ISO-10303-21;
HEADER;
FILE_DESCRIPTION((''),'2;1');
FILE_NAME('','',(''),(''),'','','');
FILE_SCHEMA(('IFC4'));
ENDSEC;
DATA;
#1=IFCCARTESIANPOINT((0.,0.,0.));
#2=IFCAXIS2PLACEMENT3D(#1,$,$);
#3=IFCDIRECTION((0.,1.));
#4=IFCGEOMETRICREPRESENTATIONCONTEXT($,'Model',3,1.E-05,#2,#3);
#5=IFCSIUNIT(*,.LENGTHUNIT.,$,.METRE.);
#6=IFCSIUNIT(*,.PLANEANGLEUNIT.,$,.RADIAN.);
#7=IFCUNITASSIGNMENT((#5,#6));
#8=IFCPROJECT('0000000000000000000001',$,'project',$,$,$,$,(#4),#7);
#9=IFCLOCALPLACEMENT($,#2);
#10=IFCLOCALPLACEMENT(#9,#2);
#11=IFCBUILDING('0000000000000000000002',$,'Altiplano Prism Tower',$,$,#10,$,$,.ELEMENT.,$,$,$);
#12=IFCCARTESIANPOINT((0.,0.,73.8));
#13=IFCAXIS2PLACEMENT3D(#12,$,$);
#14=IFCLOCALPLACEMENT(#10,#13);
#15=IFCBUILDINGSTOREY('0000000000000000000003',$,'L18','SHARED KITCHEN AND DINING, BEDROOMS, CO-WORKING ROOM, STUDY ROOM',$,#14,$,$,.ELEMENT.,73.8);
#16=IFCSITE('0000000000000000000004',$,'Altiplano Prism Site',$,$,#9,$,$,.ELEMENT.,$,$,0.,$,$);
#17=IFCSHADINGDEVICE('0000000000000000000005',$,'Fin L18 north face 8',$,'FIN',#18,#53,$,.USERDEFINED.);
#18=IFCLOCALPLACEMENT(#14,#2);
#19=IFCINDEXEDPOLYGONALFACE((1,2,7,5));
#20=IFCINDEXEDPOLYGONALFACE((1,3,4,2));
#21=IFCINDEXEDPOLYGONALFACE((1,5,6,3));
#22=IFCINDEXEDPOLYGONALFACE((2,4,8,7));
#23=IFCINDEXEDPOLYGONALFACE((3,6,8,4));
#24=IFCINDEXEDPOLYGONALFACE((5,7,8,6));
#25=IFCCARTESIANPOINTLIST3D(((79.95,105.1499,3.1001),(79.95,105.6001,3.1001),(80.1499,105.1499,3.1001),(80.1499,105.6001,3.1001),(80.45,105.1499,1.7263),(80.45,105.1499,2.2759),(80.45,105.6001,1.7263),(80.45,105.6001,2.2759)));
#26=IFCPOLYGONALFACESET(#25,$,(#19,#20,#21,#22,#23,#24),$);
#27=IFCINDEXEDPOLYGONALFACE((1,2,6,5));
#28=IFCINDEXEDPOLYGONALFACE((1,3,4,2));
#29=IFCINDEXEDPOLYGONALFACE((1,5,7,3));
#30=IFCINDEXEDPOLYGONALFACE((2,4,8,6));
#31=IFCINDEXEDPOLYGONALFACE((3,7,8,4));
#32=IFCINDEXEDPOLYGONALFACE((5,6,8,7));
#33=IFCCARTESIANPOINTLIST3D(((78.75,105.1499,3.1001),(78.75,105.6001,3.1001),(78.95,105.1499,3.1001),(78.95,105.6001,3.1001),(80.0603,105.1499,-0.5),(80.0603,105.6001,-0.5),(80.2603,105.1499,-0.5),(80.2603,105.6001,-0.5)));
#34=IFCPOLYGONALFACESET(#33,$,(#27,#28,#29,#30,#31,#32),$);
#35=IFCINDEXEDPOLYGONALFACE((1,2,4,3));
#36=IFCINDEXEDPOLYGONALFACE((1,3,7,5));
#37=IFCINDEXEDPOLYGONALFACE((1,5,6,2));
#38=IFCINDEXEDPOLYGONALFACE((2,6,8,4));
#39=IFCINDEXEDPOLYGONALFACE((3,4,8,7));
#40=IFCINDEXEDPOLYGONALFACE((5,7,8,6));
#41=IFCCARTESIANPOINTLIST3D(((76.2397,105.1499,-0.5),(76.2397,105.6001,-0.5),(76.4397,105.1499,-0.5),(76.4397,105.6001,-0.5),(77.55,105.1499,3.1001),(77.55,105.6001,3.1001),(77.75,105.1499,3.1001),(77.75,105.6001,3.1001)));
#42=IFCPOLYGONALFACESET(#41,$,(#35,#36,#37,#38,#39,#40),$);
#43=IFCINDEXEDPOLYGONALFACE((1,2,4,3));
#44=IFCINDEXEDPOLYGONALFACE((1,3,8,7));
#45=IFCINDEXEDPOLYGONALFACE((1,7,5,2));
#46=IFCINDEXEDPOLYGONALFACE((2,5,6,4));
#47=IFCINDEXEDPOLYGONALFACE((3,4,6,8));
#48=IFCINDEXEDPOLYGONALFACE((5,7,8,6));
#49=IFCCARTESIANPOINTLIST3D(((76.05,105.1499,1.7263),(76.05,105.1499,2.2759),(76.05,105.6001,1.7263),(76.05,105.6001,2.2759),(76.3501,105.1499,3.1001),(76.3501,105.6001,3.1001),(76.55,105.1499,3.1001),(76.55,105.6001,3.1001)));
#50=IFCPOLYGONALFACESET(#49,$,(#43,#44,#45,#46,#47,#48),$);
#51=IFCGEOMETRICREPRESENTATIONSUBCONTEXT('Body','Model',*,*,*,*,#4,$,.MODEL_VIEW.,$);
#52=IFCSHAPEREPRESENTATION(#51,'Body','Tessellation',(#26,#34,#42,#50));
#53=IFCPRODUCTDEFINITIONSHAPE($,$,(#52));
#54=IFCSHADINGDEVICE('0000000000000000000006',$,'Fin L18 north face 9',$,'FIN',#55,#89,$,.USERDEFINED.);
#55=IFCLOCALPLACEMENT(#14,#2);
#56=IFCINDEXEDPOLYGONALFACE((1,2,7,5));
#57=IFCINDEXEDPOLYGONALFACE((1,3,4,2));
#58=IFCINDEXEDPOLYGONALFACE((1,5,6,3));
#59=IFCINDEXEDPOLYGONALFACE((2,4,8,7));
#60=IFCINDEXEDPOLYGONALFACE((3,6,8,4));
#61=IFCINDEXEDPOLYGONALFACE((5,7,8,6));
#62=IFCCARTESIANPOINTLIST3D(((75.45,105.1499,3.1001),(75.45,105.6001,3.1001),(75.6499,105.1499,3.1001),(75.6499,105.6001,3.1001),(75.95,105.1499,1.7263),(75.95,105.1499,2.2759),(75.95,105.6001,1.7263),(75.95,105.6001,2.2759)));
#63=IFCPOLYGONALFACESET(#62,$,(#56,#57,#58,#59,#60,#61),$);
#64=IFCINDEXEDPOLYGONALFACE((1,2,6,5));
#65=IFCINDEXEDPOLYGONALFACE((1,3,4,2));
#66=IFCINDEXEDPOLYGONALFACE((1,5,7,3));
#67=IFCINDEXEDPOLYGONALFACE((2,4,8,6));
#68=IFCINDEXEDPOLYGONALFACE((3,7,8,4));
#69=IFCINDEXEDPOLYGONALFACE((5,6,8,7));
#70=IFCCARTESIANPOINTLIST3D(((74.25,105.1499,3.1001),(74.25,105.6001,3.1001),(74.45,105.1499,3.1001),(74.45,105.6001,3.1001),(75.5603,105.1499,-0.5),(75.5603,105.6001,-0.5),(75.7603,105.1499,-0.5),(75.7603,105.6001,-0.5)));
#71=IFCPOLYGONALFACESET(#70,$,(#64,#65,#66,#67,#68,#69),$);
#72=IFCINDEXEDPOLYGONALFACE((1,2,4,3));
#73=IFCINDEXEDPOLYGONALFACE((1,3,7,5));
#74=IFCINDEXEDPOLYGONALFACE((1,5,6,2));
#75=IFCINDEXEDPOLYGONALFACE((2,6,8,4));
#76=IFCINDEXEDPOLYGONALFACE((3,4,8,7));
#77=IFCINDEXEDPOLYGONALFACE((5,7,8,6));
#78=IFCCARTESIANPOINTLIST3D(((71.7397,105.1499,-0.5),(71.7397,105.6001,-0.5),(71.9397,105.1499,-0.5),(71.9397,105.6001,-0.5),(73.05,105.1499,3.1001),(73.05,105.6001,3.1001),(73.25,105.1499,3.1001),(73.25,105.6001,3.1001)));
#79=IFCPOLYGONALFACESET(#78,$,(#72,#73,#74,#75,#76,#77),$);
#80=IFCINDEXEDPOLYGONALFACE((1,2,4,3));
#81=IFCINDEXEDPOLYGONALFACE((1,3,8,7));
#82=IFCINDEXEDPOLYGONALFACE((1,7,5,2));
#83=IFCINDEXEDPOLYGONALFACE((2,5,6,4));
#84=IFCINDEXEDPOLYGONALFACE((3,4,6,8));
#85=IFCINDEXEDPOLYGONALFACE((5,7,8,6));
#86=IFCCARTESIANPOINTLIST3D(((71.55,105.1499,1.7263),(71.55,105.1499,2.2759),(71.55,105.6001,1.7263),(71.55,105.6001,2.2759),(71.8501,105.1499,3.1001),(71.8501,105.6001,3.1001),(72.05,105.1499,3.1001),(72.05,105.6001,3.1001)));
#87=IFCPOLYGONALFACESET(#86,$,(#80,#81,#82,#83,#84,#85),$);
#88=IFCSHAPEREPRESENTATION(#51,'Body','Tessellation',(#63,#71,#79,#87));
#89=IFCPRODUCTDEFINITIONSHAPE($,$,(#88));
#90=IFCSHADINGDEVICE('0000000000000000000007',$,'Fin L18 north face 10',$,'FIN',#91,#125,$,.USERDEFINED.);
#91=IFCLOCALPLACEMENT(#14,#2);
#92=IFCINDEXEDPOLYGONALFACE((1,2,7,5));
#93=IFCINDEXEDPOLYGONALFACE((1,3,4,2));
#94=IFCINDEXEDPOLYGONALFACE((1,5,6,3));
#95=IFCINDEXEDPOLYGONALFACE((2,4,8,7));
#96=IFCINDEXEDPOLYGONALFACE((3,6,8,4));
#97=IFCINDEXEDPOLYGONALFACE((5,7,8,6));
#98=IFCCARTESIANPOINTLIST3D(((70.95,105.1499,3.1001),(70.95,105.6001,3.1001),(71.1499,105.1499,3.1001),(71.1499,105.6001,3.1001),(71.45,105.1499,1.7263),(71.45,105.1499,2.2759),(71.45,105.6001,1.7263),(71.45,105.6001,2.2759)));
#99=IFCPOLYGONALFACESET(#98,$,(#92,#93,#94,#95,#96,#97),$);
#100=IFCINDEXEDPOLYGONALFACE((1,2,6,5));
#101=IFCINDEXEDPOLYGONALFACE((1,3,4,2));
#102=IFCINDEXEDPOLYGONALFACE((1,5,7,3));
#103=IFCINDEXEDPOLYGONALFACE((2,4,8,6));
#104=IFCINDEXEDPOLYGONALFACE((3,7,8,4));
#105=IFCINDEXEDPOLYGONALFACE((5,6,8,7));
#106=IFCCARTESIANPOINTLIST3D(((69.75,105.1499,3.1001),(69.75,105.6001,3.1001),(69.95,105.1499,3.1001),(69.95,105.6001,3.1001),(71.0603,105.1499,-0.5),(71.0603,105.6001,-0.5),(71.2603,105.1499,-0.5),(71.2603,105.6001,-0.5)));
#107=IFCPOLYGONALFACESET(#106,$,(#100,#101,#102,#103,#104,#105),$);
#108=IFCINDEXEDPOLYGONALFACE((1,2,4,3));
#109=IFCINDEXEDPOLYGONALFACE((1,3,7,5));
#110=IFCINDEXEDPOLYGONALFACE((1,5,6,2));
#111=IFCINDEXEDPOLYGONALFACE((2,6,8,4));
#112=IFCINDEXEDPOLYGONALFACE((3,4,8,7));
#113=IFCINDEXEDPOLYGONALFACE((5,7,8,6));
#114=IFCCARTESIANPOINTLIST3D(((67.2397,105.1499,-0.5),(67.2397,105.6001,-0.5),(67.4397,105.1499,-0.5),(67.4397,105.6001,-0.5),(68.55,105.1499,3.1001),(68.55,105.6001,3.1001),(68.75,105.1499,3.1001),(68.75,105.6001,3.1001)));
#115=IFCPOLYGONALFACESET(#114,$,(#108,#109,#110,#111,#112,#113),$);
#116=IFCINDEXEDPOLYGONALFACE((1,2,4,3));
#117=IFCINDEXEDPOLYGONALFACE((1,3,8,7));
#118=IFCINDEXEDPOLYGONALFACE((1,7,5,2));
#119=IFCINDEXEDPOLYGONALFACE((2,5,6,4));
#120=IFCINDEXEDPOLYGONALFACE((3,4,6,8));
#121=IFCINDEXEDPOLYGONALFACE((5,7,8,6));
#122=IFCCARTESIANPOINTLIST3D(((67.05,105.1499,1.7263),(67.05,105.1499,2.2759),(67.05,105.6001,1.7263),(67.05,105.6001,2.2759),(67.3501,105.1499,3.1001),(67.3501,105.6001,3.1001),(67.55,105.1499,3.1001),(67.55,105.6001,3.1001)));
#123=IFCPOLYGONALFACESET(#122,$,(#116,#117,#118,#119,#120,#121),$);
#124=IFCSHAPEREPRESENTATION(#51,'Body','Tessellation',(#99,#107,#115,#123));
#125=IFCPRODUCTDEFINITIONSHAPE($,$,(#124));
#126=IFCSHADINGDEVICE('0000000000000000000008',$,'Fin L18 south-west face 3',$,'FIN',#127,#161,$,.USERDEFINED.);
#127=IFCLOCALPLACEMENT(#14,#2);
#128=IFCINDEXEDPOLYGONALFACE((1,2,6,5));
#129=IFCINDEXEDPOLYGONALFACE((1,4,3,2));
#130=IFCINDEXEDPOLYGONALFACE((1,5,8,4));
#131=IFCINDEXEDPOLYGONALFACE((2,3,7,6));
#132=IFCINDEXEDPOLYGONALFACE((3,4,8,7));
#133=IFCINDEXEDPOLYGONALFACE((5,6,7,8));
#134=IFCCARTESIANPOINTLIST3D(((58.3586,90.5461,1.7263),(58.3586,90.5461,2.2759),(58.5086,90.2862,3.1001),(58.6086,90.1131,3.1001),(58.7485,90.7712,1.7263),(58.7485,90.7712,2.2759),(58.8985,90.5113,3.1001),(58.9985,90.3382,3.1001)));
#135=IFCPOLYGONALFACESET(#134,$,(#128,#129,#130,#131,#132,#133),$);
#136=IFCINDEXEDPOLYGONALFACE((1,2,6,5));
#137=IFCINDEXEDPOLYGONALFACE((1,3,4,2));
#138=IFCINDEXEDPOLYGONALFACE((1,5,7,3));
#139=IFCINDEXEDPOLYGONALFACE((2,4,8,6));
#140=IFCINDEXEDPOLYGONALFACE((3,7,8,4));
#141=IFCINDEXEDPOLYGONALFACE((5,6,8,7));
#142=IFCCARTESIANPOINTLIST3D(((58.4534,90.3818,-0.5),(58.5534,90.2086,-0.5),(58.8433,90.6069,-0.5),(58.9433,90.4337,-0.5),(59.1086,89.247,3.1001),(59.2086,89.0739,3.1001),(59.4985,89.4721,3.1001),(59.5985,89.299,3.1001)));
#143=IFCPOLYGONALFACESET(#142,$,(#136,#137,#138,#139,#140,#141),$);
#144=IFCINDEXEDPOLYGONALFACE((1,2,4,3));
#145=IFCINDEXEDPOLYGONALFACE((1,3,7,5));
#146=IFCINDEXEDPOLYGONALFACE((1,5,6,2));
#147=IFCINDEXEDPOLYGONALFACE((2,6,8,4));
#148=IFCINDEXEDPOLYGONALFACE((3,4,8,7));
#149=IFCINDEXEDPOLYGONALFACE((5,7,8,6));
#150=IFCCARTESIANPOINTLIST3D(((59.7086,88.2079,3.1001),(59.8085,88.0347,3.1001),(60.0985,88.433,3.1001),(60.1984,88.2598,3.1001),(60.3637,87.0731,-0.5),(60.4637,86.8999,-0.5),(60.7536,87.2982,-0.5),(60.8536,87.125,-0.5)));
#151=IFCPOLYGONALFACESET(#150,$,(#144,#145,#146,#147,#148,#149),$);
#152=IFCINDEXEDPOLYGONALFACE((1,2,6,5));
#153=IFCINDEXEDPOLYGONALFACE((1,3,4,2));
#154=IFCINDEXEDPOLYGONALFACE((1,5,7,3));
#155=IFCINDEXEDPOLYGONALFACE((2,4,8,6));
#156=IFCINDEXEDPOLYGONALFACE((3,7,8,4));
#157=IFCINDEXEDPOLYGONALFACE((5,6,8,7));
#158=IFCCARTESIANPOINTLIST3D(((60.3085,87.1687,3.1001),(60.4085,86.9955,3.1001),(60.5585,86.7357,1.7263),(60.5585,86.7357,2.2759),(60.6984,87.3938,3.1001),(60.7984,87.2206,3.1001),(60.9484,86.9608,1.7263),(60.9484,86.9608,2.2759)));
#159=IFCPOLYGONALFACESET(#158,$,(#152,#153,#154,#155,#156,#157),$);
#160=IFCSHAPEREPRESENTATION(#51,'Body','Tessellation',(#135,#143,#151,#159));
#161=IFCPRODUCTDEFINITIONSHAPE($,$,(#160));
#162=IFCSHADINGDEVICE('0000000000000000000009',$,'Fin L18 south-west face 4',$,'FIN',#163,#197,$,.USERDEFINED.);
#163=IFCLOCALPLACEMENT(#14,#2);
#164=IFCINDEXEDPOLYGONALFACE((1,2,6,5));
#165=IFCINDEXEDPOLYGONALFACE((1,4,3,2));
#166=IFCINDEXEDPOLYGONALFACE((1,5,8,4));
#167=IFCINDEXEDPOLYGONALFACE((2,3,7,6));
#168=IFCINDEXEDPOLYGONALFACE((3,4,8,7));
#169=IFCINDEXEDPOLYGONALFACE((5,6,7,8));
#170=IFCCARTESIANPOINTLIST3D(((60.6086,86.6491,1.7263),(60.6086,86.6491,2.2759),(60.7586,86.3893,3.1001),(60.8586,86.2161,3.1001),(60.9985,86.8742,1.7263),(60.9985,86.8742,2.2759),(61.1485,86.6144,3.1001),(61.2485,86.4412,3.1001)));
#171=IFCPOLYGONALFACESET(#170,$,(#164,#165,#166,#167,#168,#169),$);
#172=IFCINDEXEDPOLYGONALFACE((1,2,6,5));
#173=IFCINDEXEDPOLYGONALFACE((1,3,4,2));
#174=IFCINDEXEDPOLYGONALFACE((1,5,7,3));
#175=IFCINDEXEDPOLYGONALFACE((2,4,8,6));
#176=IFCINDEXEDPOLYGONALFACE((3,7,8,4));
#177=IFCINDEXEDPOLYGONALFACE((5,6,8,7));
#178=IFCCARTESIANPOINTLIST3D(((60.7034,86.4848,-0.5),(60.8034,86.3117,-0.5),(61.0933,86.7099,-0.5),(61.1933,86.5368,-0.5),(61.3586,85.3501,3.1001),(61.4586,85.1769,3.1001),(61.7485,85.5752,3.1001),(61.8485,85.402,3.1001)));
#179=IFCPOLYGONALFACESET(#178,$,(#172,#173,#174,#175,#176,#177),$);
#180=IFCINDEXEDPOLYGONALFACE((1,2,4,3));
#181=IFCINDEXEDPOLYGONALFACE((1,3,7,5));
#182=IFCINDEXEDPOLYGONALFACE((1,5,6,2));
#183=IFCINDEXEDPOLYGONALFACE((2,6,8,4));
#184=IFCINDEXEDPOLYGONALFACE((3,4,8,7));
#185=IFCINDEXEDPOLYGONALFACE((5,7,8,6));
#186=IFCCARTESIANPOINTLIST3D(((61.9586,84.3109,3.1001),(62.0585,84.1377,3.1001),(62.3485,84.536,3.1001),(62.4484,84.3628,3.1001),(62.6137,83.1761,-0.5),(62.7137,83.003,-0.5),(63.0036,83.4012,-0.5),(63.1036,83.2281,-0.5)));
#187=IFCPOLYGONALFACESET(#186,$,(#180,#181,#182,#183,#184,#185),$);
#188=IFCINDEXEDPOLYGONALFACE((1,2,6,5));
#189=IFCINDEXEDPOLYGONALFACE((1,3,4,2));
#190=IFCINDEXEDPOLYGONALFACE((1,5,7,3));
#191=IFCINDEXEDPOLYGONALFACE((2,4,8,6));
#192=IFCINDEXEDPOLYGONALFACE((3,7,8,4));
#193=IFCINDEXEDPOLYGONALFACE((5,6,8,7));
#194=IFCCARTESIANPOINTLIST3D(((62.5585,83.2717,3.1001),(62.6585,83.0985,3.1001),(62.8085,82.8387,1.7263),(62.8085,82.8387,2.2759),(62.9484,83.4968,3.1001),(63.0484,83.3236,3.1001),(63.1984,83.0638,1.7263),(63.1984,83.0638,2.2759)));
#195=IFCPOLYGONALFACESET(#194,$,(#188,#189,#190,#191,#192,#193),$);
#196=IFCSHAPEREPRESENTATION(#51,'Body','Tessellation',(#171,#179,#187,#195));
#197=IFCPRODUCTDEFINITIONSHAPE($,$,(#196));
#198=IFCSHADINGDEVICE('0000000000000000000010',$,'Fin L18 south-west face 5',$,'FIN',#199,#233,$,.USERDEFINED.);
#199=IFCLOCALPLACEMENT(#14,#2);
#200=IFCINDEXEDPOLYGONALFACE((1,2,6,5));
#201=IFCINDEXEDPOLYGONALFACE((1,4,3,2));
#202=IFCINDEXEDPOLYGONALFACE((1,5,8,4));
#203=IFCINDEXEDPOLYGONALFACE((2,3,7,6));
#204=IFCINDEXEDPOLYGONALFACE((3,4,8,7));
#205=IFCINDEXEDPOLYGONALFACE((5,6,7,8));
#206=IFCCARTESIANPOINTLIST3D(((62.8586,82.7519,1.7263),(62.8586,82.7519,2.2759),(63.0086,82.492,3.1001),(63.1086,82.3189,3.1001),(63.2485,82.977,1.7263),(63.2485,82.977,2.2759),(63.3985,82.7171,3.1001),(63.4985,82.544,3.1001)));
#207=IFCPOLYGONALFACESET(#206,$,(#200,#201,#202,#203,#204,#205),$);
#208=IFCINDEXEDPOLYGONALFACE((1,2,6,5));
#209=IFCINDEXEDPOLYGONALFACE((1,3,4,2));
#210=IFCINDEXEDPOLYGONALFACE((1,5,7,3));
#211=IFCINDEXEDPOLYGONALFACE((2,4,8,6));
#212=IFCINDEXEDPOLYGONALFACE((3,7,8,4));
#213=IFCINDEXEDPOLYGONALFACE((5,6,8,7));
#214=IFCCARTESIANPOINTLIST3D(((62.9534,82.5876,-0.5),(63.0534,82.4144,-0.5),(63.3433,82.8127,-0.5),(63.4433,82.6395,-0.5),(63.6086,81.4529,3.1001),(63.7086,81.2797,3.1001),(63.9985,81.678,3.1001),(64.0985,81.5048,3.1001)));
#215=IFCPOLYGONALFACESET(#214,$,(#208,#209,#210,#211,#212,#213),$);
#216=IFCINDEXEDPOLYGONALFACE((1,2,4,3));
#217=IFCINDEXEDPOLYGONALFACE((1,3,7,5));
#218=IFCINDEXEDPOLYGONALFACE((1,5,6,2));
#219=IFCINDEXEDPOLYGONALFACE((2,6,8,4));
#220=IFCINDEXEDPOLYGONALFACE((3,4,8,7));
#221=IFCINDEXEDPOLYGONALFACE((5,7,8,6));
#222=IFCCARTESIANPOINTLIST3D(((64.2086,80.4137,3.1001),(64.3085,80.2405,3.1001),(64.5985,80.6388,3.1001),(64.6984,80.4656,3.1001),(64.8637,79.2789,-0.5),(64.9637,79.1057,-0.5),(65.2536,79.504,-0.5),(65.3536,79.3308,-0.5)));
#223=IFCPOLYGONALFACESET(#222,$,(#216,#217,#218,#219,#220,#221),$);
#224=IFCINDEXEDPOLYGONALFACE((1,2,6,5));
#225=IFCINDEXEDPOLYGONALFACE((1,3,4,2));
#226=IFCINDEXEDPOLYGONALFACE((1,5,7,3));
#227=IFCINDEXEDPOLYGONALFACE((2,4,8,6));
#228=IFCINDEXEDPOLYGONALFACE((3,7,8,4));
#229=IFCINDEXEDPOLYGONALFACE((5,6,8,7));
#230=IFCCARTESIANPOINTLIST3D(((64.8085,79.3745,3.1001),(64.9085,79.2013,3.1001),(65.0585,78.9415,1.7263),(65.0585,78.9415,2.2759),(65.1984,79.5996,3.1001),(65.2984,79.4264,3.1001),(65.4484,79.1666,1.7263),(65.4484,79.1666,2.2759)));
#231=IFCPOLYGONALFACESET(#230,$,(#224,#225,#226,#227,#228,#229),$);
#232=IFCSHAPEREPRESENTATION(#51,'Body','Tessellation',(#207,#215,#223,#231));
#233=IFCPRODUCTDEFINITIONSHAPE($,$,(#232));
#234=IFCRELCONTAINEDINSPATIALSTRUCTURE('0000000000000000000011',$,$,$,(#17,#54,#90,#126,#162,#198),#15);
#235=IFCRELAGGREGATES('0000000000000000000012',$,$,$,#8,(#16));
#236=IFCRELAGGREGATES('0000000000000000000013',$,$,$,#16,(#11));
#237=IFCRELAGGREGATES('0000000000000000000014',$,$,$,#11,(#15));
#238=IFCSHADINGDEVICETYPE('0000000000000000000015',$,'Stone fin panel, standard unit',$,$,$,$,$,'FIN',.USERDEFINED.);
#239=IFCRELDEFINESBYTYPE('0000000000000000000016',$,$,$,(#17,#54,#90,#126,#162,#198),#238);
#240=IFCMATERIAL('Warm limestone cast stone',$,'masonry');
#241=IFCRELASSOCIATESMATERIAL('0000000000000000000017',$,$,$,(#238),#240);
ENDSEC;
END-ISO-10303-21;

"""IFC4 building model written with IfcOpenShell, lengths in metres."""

from ifc_helpers import new_model, si_unit, direction, frame, origin, place, context, subcontext, project, spatial, polyline, outline, extrude, source, transform, mapped, material, type_object, element, save


model = new_model("IFC4")

# Units and contexts
model_context = context("Model", 3, precision=1e-05, world=origin(), true_north=direction((0.0, 1.0)))
body_context = subcontext(model_context, "Body", "Model", "MODEL_VIEW")
ifc_project = project(units=[si_unit("LENGTHUNIT", "METRE"), si_unit("PLANEANGLEUNIT", "RADIAN")], contexts=[model_context])

# Site, building, storey
site_placement = place(None, origin())
site = spatial("IfcSite", under=ifc_project, at=site_placement, Name="Altiplano Prism Site", CompositionType="ELEMENT", RefElevation=0.0)
building_placement = place(site_placement, origin())
building = spatial("IfcBuilding", under=site, at=building_placement, Name="Altiplano Prism Tower", CompositionType="ELEMENT")
storey_placement = place(building_placement, frame((0.0, 0.0, 73.8)))
storey = spatial("IfcBuildingStorey", under=building, at=storey_placement, Name="L18", Description="SHARED KITCHEN AND DINING, BEDROOMS, CO-WORKING ROOM, STUDY ROOM", CompositionType="ELEMENT", Elevation=73.8)

# Shading devices
ifc_material_1 = material(Name="Warm limestone cast stone", Category="masonry")
shading_device_type_1 = type_object("IfcShadingDeviceType", Name="Stone fin panel, standard unit", ElementType="FIN", PredefinedType="USERDEFINED", material=ifc_material_1)
shared_shape_1 = source(origin(), body_context, "Body", "SweptSolid", [
    extrude(outline(polyline([(-2.2, 2.2263), (-1.7, 3.6001), (-1.8999, 3.6001), (-2.2, 2.7759), (-2.2, 2.2263)])), frame((0.0, -0.1499, 0.0), z_axis=(0.0, -1.0, 0.0), x_axis=(1.0, 0.0, 0.0)), (0.0, 0.0, 1.0), 0.4502),
    extrude(outline(polyline([(-2.0103, 0.0), (-1.8103, 0.0), (-0.5, 3.6001), (-0.7, 3.6001), (-2.0103, 0.0)])), frame((0.0, -0.1499, 0.0), z_axis=(0.0, -1.0, 0.0), x_axis=(1.0, 0.0, 0.0)), (0.0, 0.0, 1.0), 0.4502),
    extrude(outline(polyline([(1.8103, 0.0), (2.0103, 0.0), (0.7, 3.6001), (0.5, 3.6001), (1.8103, 0.0)])), frame((0.0, -0.1499, 0.0), z_axis=(0.0, -1.0, 0.0), x_axis=(1.0, 0.0, 0.0)), (0.0, 0.0, 1.0), 0.4502),
    extrude(outline(polyline([(2.2, 2.7759), (1.8999, 3.6001), (1.7, 3.6001), (2.2, 2.2263), (2.2, 2.7759)])), frame((0.0, -0.1499, 0.0), z_axis=(0.0, -1.0, 0.0), x_axis=(1.0, 0.0, 0.0)), (0.0, 0.0, 1.0), 0.4502),
])
shading_device_1_placement = place(storey_placement, origin())
element("IfcShadingDevice", 1, at=shading_device_1_placement, inside=storey, type_object=shading_device_type_1, Name="Fin L18 north face 8", ObjectType="FIN", PredefinedType="USERDEFINED", context=body_context, shape_type="MappedRepresentation", body=[
    mapped(shared_shape_1, transform((78.25, 105.0, -0.5), x_axis=(-1.0, 0.0, 0.0), y_axis=(0.0, -1.0, 0.0), z_axis=(0.0, 0.0, 1.0))),
])
shading_device_2_placement = place(storey_placement, origin())
element("IfcShadingDevice", 2, at=shading_device_2_placement, inside=storey, type_object=shading_device_type_1, Name="Fin L18 north face 9", ObjectType="FIN", PredefinedType="USERDEFINED", context=body_context, shape_type="MappedRepresentation", body=[
    mapped(shared_shape_1, transform((73.75, 105.0, -0.5), x_axis=(-1.0, 0.0, 0.0), y_axis=(0.0, -1.0, 0.0), z_axis=(0.0, 0.0, 1.0))),
])
shading_device_3_placement = place(storey_placement, origin())
element("IfcShadingDevice", 3, at=shading_device_3_placement, inside=storey, type_object=shading_device_type_1, Name="Fin L18 north face 10", ObjectType="FIN", PredefinedType="USERDEFINED", context=body_context, shape_type="MappedRepresentation", body=[
    mapped(shared_shape_1, transform((69.25, 105.0, -0.5), x_axis=(-1.0, 0.0, 0.0), y_axis=(0.0, -1.0, 0.0), z_axis=(0.0, 0.0, 1.0))),
])
shading_device_4_placement = place(storey_placement, origin())
element("IfcShadingDevice", 4, at=shading_device_4_placement, inside=storey, type_object=shading_device_type_1, Name="Fin L18 south-west face 3", ObjectType="FIN", PredefinedType="USERDEFINED", context=body_context, shape_type="MappedRepresentation", body=[
    mapped(shared_shape_1, transform((59.9783, 88.9409, -0.5), x_axis=(0.5, -0.866025, 0.0), y_axis=(0.866025, 0.5, 0.0), z_axis=(0.0, 0.0, 1.0))),
])
shading_device_5_placement = place(storey_placement, origin())
element("IfcShadingDevice", 5, at=shading_device_5_placement, inside=storey, type_object=shading_device_type_1, Name="Fin L18 south-west face 4", ObjectType="FIN", PredefinedType="USERDEFINED", context=body_context, shape_type="MappedRepresentation", body=[
    mapped(shared_shape_1, transform((62.2283, 85.0439, -0.5), x_axis=(0.5, -0.866025, 0.0), y_axis=(0.866025, 0.5, 0.0), z_axis=(0.0, 0.0, 1.0))),
])
shading_device_6_placement = place(storey_placement, origin())
element("IfcShadingDevice", 6, at=shading_device_6_placement, inside=storey, type_object=shading_device_type_1, Name="Fin L18 south-west face 5", ObjectType="FIN", PredefinedType="USERDEFINED", context=body_context, shape_type="MappedRepresentation", body=[
    mapped(shared_shape_1, transform((64.4783, 81.1467, -0.5), x_axis=(0.5, -0.866025, 0.0), y_axis=(0.866025, 0.5, 0.0), z_axis=(0.0, 0.0, 1.0))),
])

save(model, "model.ifc")
